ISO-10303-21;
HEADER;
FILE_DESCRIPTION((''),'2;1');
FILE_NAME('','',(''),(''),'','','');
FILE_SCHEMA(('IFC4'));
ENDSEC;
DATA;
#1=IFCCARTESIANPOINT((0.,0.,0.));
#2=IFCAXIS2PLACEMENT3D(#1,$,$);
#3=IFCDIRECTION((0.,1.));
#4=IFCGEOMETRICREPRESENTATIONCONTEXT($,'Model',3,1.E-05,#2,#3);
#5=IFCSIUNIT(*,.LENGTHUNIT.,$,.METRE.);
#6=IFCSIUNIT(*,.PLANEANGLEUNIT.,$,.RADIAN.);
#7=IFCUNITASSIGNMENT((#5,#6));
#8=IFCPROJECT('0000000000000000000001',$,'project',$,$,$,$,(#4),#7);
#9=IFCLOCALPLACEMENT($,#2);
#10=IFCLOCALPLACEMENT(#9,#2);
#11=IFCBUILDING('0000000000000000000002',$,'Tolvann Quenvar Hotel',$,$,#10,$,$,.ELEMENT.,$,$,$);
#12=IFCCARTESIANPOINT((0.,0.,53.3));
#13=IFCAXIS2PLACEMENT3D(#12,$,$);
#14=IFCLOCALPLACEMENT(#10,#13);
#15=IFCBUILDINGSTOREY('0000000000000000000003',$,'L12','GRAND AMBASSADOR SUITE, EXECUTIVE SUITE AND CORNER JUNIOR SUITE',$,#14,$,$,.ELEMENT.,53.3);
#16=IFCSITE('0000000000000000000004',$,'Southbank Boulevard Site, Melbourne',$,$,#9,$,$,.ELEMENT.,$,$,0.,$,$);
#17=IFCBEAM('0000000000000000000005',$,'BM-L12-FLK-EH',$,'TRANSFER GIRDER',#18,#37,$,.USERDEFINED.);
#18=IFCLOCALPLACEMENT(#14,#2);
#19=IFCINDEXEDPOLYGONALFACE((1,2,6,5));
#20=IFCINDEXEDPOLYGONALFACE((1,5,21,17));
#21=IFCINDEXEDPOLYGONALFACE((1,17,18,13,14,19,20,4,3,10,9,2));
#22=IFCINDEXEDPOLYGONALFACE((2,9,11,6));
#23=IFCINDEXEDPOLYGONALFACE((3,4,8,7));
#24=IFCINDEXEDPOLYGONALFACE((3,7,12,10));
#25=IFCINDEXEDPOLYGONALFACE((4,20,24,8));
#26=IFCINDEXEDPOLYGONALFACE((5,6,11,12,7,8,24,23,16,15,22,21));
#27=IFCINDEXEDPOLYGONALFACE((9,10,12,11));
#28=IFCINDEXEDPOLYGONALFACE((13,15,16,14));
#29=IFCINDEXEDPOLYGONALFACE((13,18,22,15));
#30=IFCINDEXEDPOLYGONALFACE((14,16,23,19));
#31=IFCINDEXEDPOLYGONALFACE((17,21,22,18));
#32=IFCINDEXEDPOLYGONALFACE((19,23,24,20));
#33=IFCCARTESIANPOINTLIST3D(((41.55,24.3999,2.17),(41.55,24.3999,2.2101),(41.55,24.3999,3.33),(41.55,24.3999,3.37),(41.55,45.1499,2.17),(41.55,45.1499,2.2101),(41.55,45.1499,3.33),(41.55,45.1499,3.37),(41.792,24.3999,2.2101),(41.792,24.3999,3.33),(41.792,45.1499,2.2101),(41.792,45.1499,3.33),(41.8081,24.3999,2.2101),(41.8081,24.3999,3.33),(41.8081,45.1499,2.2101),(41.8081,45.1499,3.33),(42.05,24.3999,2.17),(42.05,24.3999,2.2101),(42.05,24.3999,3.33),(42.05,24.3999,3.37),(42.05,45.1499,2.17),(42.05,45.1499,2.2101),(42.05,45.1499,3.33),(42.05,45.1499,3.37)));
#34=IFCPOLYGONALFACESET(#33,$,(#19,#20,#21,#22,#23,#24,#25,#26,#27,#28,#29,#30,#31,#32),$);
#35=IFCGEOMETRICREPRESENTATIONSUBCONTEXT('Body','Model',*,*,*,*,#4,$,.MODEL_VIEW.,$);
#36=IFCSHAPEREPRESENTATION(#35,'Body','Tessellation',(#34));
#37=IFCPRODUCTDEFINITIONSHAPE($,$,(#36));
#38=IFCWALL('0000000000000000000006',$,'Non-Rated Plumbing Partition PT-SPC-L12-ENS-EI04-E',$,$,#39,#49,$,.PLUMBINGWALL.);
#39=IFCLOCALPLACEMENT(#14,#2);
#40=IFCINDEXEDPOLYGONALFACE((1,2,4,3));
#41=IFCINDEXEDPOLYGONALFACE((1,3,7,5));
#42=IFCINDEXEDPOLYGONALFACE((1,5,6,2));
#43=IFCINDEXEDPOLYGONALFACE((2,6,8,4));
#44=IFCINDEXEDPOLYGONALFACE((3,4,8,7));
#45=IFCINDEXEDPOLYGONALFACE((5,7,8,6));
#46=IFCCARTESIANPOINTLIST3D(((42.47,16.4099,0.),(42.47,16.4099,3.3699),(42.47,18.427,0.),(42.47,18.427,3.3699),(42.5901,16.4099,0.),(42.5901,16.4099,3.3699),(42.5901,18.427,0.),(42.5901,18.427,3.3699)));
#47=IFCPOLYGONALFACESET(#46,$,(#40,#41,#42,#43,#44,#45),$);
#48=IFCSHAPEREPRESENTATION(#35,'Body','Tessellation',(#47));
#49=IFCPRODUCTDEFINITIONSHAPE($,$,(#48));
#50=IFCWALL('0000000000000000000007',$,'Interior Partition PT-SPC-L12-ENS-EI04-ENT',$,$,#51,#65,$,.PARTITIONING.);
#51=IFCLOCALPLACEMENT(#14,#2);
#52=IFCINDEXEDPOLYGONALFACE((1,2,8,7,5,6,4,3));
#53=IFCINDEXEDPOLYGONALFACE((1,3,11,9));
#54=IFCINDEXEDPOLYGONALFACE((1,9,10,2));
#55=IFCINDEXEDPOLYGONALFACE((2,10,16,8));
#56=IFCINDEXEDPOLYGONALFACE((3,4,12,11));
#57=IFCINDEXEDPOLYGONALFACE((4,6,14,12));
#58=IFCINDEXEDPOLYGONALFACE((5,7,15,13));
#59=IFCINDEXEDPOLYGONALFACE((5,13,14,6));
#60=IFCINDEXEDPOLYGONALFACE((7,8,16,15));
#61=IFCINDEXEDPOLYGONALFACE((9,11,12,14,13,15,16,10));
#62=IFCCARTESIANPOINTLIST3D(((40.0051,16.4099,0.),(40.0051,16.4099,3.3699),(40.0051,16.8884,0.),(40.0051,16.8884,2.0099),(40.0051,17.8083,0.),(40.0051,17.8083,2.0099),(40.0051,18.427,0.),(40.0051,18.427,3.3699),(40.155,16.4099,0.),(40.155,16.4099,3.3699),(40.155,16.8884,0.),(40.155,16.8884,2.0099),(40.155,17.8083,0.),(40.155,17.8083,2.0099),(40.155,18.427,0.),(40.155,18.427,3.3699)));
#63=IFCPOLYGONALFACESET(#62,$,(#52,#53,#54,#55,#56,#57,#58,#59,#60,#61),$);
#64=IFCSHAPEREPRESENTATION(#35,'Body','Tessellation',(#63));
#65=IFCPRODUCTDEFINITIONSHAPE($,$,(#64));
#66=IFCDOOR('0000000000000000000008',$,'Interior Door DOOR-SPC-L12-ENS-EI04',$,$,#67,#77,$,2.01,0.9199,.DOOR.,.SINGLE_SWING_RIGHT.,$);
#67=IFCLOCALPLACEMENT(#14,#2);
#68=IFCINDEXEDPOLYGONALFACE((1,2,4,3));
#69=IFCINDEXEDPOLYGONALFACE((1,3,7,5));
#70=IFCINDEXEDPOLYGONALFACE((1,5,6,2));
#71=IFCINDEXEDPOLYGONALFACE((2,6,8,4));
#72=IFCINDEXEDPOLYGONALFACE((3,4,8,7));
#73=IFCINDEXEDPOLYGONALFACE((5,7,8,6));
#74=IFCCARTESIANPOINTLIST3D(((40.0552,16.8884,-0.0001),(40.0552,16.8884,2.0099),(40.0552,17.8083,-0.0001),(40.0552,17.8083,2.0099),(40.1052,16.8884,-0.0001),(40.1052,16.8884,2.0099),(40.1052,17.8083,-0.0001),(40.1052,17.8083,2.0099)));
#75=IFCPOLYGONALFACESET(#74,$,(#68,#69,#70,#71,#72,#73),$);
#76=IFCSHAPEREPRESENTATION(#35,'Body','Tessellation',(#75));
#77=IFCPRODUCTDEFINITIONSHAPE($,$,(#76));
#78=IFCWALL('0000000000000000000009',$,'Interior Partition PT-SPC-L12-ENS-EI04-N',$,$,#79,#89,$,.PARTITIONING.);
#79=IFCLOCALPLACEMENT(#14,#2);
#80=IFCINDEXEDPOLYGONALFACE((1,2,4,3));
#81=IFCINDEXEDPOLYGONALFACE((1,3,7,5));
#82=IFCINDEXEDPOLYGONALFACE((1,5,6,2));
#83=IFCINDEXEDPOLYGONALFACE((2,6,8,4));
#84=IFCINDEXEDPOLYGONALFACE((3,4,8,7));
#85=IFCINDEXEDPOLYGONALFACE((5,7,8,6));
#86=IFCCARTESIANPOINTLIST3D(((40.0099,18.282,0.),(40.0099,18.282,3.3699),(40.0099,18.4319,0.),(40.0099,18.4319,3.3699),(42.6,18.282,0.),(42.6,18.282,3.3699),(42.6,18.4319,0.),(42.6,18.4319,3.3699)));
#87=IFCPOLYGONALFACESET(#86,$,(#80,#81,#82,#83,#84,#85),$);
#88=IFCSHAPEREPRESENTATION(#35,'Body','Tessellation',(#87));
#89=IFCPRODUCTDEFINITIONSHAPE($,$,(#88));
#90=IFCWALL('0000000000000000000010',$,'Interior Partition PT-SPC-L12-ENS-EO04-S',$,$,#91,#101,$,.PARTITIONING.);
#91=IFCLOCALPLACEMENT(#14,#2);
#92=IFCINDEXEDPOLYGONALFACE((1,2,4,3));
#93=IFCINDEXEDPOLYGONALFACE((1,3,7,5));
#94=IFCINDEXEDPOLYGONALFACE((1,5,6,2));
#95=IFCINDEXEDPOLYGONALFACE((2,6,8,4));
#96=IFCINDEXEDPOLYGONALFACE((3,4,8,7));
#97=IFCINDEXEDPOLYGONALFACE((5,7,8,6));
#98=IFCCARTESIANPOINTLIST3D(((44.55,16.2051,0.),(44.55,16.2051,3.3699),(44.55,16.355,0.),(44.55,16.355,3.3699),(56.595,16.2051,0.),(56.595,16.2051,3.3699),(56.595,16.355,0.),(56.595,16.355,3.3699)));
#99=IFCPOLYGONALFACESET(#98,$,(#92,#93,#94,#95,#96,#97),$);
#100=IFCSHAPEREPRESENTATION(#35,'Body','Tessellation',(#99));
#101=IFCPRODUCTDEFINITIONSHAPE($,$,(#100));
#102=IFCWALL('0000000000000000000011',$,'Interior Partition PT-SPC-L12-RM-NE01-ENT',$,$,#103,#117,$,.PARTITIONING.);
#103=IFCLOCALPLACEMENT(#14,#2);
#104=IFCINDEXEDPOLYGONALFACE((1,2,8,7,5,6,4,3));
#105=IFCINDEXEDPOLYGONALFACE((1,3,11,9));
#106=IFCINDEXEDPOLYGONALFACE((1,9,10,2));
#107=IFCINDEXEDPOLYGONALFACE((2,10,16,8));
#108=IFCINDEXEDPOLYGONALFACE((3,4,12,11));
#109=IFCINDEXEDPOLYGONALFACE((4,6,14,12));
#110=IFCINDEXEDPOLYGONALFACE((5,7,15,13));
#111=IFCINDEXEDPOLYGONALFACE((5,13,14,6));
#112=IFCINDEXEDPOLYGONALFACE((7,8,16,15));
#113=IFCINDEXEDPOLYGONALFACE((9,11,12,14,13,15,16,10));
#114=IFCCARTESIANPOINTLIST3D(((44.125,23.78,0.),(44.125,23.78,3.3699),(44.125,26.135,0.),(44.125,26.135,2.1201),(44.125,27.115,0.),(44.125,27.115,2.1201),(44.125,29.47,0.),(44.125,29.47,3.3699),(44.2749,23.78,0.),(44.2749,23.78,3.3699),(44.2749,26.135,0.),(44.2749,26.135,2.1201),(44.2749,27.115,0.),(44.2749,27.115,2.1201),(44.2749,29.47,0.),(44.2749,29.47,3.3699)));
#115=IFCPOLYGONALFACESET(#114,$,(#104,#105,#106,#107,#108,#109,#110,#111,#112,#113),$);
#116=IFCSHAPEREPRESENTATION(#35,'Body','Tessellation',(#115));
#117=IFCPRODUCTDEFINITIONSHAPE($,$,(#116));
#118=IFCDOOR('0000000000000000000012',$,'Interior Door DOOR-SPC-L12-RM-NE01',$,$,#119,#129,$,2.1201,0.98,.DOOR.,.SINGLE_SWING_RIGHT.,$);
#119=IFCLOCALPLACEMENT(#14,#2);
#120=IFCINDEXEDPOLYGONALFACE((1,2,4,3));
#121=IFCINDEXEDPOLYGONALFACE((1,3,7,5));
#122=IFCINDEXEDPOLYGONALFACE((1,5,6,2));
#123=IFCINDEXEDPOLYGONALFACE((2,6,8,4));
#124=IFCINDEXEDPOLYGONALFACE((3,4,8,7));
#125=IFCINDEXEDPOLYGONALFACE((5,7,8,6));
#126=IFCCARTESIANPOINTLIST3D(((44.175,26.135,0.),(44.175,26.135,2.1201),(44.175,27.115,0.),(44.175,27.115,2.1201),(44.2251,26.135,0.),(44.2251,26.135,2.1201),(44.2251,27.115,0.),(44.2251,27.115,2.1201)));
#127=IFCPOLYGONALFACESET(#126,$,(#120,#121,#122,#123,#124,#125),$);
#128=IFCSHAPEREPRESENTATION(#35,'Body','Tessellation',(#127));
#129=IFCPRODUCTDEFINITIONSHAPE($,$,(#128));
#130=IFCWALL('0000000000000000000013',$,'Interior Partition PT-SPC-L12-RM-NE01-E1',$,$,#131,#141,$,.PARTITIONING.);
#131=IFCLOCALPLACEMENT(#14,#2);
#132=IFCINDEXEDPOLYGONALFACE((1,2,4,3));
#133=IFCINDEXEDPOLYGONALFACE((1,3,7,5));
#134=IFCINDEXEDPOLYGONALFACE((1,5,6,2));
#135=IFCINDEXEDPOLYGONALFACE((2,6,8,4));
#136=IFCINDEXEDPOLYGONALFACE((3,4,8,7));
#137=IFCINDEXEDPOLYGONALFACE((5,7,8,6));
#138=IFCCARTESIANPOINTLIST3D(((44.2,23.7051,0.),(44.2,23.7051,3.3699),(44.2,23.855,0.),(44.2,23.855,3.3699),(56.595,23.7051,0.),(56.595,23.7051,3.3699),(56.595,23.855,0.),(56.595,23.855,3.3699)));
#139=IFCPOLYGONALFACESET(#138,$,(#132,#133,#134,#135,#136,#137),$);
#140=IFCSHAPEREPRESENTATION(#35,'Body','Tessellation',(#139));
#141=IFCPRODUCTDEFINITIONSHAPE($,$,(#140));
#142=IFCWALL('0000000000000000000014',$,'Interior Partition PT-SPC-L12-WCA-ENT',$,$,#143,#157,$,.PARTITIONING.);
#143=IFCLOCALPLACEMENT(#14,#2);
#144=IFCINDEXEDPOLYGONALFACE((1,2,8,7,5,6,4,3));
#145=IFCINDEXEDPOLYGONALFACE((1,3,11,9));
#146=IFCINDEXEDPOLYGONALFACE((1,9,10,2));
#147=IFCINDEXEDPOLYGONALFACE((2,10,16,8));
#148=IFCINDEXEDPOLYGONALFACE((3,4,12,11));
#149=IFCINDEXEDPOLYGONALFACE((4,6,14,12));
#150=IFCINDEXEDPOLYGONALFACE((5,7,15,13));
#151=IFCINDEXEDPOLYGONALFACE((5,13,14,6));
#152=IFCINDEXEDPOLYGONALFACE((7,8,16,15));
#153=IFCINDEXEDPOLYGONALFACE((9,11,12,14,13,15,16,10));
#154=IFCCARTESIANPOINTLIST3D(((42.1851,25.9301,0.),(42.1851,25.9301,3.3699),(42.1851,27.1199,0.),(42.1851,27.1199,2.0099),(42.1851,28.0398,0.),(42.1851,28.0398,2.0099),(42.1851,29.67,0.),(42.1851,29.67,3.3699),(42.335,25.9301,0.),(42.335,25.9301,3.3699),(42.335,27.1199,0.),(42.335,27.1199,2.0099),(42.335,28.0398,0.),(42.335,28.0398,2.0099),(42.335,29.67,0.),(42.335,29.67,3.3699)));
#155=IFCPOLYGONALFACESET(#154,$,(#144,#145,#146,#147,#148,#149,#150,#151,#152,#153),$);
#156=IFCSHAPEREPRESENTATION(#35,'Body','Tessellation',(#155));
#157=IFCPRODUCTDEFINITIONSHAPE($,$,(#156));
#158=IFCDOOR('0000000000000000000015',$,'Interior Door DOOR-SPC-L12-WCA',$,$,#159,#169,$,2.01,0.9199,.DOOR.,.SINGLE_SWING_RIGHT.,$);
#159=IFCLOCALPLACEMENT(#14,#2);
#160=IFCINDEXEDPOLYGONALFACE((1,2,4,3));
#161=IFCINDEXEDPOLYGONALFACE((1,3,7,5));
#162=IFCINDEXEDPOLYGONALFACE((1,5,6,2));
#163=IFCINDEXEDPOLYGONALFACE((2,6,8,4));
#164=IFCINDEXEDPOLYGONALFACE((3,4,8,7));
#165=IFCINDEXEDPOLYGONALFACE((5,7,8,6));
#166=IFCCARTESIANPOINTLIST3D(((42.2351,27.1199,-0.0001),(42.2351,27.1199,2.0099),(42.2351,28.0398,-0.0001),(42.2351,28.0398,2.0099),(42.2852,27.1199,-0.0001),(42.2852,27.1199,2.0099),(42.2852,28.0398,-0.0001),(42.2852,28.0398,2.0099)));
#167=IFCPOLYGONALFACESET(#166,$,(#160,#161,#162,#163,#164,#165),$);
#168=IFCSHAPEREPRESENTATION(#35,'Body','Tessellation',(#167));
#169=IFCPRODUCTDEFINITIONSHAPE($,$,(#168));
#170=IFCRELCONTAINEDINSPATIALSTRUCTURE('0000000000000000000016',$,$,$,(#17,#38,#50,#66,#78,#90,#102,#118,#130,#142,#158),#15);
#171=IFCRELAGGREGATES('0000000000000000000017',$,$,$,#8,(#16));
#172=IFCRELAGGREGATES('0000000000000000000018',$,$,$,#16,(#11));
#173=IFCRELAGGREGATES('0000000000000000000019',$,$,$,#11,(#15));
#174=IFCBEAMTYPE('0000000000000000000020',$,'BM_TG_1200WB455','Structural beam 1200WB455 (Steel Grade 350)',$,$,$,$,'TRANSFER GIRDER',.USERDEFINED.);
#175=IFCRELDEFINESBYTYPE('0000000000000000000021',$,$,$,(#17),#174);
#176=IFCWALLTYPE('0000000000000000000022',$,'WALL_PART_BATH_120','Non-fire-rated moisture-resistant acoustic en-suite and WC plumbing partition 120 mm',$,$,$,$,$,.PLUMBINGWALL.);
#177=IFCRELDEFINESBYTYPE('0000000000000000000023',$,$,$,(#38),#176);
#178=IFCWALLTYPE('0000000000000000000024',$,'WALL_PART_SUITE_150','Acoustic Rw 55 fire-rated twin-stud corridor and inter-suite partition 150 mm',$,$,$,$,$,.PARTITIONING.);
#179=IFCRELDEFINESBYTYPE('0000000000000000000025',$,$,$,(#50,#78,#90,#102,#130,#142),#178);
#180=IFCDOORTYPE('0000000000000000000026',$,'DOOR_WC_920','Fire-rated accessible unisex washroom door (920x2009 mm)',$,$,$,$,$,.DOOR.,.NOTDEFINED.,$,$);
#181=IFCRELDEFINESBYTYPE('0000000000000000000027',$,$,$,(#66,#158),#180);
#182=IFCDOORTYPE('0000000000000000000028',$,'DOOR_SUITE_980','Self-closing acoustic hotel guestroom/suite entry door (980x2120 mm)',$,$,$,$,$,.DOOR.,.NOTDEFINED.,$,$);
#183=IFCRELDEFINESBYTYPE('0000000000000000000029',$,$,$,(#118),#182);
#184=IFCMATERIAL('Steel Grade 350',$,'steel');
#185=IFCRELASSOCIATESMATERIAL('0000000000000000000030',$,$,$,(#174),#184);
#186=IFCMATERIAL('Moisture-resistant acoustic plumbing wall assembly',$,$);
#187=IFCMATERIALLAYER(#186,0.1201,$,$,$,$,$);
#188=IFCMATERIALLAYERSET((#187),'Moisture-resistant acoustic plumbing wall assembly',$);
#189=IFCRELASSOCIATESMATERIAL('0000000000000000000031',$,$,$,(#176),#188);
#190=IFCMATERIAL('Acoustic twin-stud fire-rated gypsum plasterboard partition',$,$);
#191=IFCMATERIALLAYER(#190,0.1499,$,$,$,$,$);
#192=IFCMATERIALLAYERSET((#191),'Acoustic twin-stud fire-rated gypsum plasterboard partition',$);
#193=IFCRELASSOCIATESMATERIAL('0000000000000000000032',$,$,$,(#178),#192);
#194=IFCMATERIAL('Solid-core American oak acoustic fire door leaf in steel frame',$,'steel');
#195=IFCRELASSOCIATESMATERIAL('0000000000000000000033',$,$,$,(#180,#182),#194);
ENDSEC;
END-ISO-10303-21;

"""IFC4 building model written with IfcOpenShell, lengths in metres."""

from ifc_helpers import new_model, si_unit, direction, frame, frame_2d, origin, origin_2d, place, context, subcontext, project, spatial, rectangle, i_section, extrude, source, transform, mapped, material, layer, layer_set, material_profile, profile_set, type_object, type_shapes, element, fill, save


model = new_model("IFC4")

# Units and contexts
model_context = context("Model", 3, precision=1e-05, world=origin(), true_north=direction((0.0, 1.0)))
body_context = subcontext(model_context, "Body", "Model", "MODEL_VIEW")
ifc_project = project(units=[si_unit("LENGTHUNIT", "METRE"), si_unit("PLANEANGLEUNIT", "RADIAN")], contexts=[model_context])

# Site, building, storey
site_placement = place(None, origin())
site = spatial("IfcSite", under=ifc_project, at=site_placement, Name="Southbank Boulevard Site, Melbourne", CompositionType="ELEMENT", RefElevation=0.0)
building_placement = place(site_placement, origin())
building = spatial("IfcBuilding", under=site, at=building_placement, Name="Tolvann Quenvar Hotel", CompositionType="ELEMENT")
storey_placement = place(building_placement, frame((0.0, 0.0, 53.3)))
storey = spatial("IfcBuildingStorey", under=building, at=storey_placement, Name="L12", Description="GRAND AMBASSADOR SUITE, EXECUTIVE SUITE AND CORNER JUNIOR SUITE", CompositionType="ELEMENT", Elevation=53.3)

# Shared definitions
ifc_material_1 = material(Name="Steel Grade 350", Category="steel")

# Beam
ifc_material_profile_1 = material_profile(ifc_material_1, i_section(OverallWidth=0.5, OverallDepth=1.2, WebThickness=0.0161, FlangeThickness=0.04, at=origin_2d()), Name="1200WB455")
ifc_profile_set_1 = profile_set([ifc_material_profile_1], Name="Steel Grade 350")
beam_type_1 = type_object("IfcBeamType", Name="BM_TG_1200WB455", Description="Structural beam 1200WB455 (Steel Grade 350)", ElementType="TRANSFER GIRDER", PredefinedType="USERDEFINED", material=ifc_profile_set_1)
shared_shape_1 = source(origin(), body_context, "Body", "SweptSolid", [
    extrude(i_section(OverallWidth=0.5, OverallDepth=1.2, WebThickness=0.0161, FlangeThickness=0.04, at=origin_2d()), origin(), (0.0, 0.0, 1.0), 20.75),
])
type_shapes(beam_type_1, [shared_shape_1])
beam_1_placement = place(storey_placement, frame((41.8, 24.3999, 2.77), z_axis=(0.0, 1.0, 0.0), x_axis=(-1.0, 0.0, 0.0)))
element("IfcBeam", 1, at=beam_1_placement, inside=storey, type_object=beam_type_1, Name="BM-L12-FLK-EH", ObjectType="TRANSFER GIRDER", PredefinedType="USERDEFINED", context=body_context, shape_type="MappedRepresentation", body=[
    mapped(shared_shape_1, transform((0.0, 0.0, 0.0), x_axis=(1.0, 0.0, 0.0), y_axis=(0.0, 1.0, 0.0), z_axis=(0.0, 0.0, 1.0), scale=1.0)),
])

# Wall
ifc_material_2 = material(Name="Moisture-resistant acoustic plumbing wall assembly")
ifc_layer_1 = layer(ifc_material_2, 0.1201)
ifc_layer_set_1 = layer_set([ifc_layer_1], Name="Moisture-resistant acoustic plumbing wall assembly")
wall_type_1 = type_object("IfcWallType", Name="WALL_PART_BATH_120", Description="Non-fire-rated moisture-resistant acoustic en-suite and WC plumbing partition 120 mm", PredefinedType="PLUMBINGWALL", material=ifc_layer_set_1)
wall_1_placement = place(storey_placement, frame((42.53, 16.4099, 0.0), z_axis=(0.0, 0.0, 1.0), x_axis=(0.0, 1.0, 0.0)))
element("IfcWall", 2, at=wall_1_placement, inside=storey, type_object=wall_type_1, Name="Non-Rated Plumbing Partition PT-SPC-L12-ENS-EI04-E", PredefinedType="PLUMBINGWALL", context=body_context, shape_type="SweptSolid", body=[
    extrude(rectangle(XDim=2.0171, YDim=0.1201, at=frame_2d((1.0085, 0.0))), origin(), (0.0, 0.0, 1.0), 3.3699),
])

# Wall, opening, door
ifc_material_3 = material(Name="Acoustic twin-stud fire-rated gypsum plasterboard partition")
ifc_layer_2 = layer(ifc_material_3, 0.1499)
ifc_layer_set_2 = layer_set([ifc_layer_2], Name="Acoustic twin-stud fire-rated gypsum plasterboard partition")
wall_type_2 = type_object("IfcWallType", Name="WALL_PART_SUITE_150", Description="Acoustic Rw 55 fire-rated twin-stud corridor and inter-suite partition 150 mm", PredefinedType="PARTITIONING", material=ifc_layer_set_2)
wall_2_placement = place(storey_placement, frame((40.0801, 16.4099, 0.0), z_axis=(0.0, 0.0, 1.0), x_axis=(0.0, 1.0, 0.0)))
wall_2 = element("IfcWall", 3, at=wall_2_placement, inside=storey, type_object=wall_type_2, Name="Interior Partition PT-SPC-L12-ENS-EI04-ENT", PredefinedType="PARTITIONING", context=body_context, shape_type="SweptSolid", body=[
    extrude(rectangle(XDim=2.0171, YDim=0.1499, at=frame_2d((1.0085, 0.0))), origin(), (0.0, 0.0, 1.0), 3.3699),
])
opening_1_placement = place(wall_2_placement, frame((0.4785, 0.0, 0.0)))
opening_1 = element("IfcOpeningElement", 4, at=opening_1_placement, cuts=wall_2, PredefinedType="OPENING", context=body_context, shape_type="SweptSolid", body=[
    extrude(rectangle(XDim=0.9199, YDim=2.01, at=frame_2d((0.46, 1.0049))), frame((0.0, 0.085, 0.0), z_axis=(0.0, -1.0, 0.0), x_axis=(1.0, 0.0, 0.0)), (0.0, 0.0, 1.0), 0.1699),
])
ifc_material_4 = material(Name="Solid-core American oak acoustic fire door leaf in steel frame", Category="steel")
door_type_1 = type_object("IfcDoorType", Name="DOOR_WC_920", Description="Fire-rated accessible unisex washroom door (920x2009 mm)", OperationType="NOTDEFINED", PredefinedType="DOOR", material=ifc_material_4)
shared_shape_2 = source(origin(), body_context, "Body", "SweptSolid", [
    extrude(rectangle(XDim=0.9199, YDim=2.01, at=frame_2d((0.46, 1.0049))), frame((0.0, 0.0249, 0.0), z_axis=(0.0, -1.0, 0.0), x_axis=(1.0, 0.0, 0.0)), (0.0, 0.0, 1.0), 0.05),
])
type_shapes(door_type_1, [shared_shape_2])
door_1_placement = place(opening_1_placement, origin())
door_1 = element("IfcDoor", 5, at=door_1_placement, inside=storey, type_object=door_type_1, Name="Interior Door DOOR-SPC-L12-ENS-EI04", OperationType="SINGLE_SWING_RIGHT", OverallHeight=2.01, OverallWidth=0.9199, PredefinedType="DOOR", context=body_context, shape_type="MappedRepresentation", body=[
    mapped(shared_shape_2, transform((0.0, 0.0, 0.0), x_axis=(1.0, 0.0, 0.0), y_axis=(0.0, 1.0, 0.0), z_axis=(0.0, 0.0, 1.0), scale=1.0)),
])
fill(opening_1, door_1)

# Walls
wall_3_placement = place(storey_placement, frame((40.01, 18.3569, 0.0), z_axis=(0.0, 0.0, 1.0), x_axis=(1.0, 0.0, 0.0)))
element("IfcWall", 6, at=wall_3_placement, inside=storey, type_object=wall_type_2, Name="Interior Partition PT-SPC-L12-ENS-EI04-N", PredefinedType="PARTITIONING", context=body_context, shape_type="SweptSolid", body=[
    extrude(rectangle(XDim=2.5901, YDim=0.1499, at=frame_2d((1.2949, 0.0))), origin(), (0.0, 0.0, 1.0), 3.3699),
])
wall_4_placement = place(storey_placement, frame((44.55, 16.28, 0.0), z_axis=(0.0, 0.0, 1.0), x_axis=(1.0, 0.0, 0.0)))
element("IfcWall", 7, at=wall_4_placement, inside=storey, type_object=wall_type_2, Name="Interior Partition PT-SPC-L12-ENS-EO04-S", PredefinedType="PARTITIONING", context=body_context, shape_type="SweptSolid", body=[
    extrude(rectangle(XDim=12.0449, YDim=0.1499, at=frame_2d((6.0225, 0.0))), origin(), (0.0, 0.0, 1.0), 3.3699),
])

# Wall, opening, door
door_type_2 = type_object("IfcDoorType", Name="DOOR_SUITE_980", Description="Self-closing acoustic hotel guestroom/suite entry door (980x2120 mm)", OperationType="NOTDEFINED", PredefinedType="DOOR", material=ifc_material_4)
shared_shape_3 = source(origin(), body_context, "Body", "SweptSolid", [
    extrude(rectangle(XDim=0.98, YDim=2.1201, at=frame_2d((0.49, 1.0601))), frame((0.0, 0.0249, 0.0), z_axis=(0.0, -1.0, 0.0), x_axis=(1.0, 0.0, 0.0)), (0.0, 0.0, 1.0), 0.05),
])
type_shapes(door_type_2, [shared_shape_3])
wall_5_placement = place(storey_placement, frame((44.2, 23.78, 0.0), z_axis=(0.0, 0.0, 1.0), x_axis=(0.0, 1.0, 0.0)))
wall_5 = element("IfcWall", 8, at=wall_5_placement, inside=storey, type_object=wall_type_2, Name="Interior Partition PT-SPC-L12-RM-NE01-ENT", PredefinedType="PARTITIONING", context=body_context, shape_type="SweptSolid", body=[
    extrude(rectangle(XDim=5.6899, YDim=0.1499, at=frame_2d((2.845, 0.0))), origin(), (0.0, 0.0, 1.0), 3.3699),
])
opening_2_placement = place(wall_5_placement, frame((2.355, 0.0, 0.0)))
opening_2 = element("IfcOpeningElement", 9, at=opening_2_placement, cuts=wall_5, PredefinedType="OPENING", context=body_context, shape_type="SweptSolid", body=[
    extrude(rectangle(XDim=0.98, YDim=2.1201, at=frame_2d((0.49, 1.0601))), frame((0.0, 0.085, 0.0), z_axis=(0.0, -1.0, 0.0), x_axis=(1.0, 0.0, 0.0)), (0.0, 0.0, 1.0), 0.1699),
])
door_2_placement = place(opening_2_placement, origin())
door_2 = element("IfcDoor", 10, at=door_2_placement, inside=storey, type_object=door_type_2, Name="Interior Door DOOR-SPC-L12-RM-NE01", OperationType="SINGLE_SWING_RIGHT", OverallHeight=2.1201, OverallWidth=0.98, PredefinedType="DOOR", context=body_context, shape_type="MappedRepresentation", body=[
    mapped(shared_shape_3, transform((0.0, 0.0, 0.0), x_axis=(1.0, 0.0, 0.0), y_axis=(0.0, 1.0, 0.0), z_axis=(0.0, 0.0, 1.0), scale=1.0)),
])
fill(opening_2, door_2)

# Wall
wall_6_placement = place(storey_placement, frame((44.2, 23.78, 0.0), z_axis=(0.0, 0.0, 1.0), x_axis=(1.0, 0.0, 0.0)))
element("IfcWall", 11, at=wall_6_placement, inside=storey, type_object=wall_type_2, Name="Interior Partition PT-SPC-L12-RM-NE01-E1", PredefinedType="PARTITIONING", context=body_context, shape_type="SweptSolid", body=[
    extrude(rectangle(XDim=12.395, YDim=0.1499, at=frame_2d((6.1975, 0.0))), origin(), (0.0, 0.0, 1.0), 3.3699),
])

# Wall, opening, door
wall_7_placement = place(storey_placement, frame((42.26, 25.9299, 0.0), z_axis=(0.0, 0.0, 1.0), x_axis=(0.0, 1.0, 0.0)))
wall_7 = element("IfcWall", 12, at=wall_7_placement, inside=storey, type_object=wall_type_2, Name="Interior Partition PT-SPC-L12-WCA-ENT", PredefinedType="PARTITIONING", context=body_context, shape_type="SweptSolid", body=[
    extrude(rectangle(XDim=3.74, YDim=0.1499, at=frame_2d((1.8701, 0.0))), origin(), (0.0, 0.0, 1.0), 3.3699),
])
opening_3_placement = place(wall_7_placement, frame((1.1899, 0.0, 0.0)))
opening_3 = element("IfcOpeningElement", 13, at=opening_3_placement, cuts=wall_7, PredefinedType="OPENING", context=body_context, shape_type="SweptSolid", body=[
    extrude(rectangle(XDim=0.9199, YDim=2.01, at=frame_2d((0.46, 1.0049))), frame((0.0, 0.085, 0.0), z_axis=(0.0, -1.0, 0.0), x_axis=(1.0, 0.0, 0.0)), (0.0, 0.0, 1.0), 0.1699),
])
door_3_placement = place(opening_3_placement, origin())
door_3 = element("IfcDoor", 14, at=door_3_placement, inside=storey, type_object=door_type_1, Name="Interior Door DOOR-SPC-L12-WCA", OperationType="SINGLE_SWING_RIGHT", OverallHeight=2.01, OverallWidth=0.9199, PredefinedType="DOOR", context=body_context, shape_type="MappedRepresentation", body=[
    mapped(shared_shape_2, transform((0.0, 0.0, 0.0), x_axis=(1.0, 0.0, 0.0), y_axis=(0.0, 1.0, 0.0), z_axis=(0.0, 0.0, 1.0), scale=1.0)),
])
fill(opening_3, door_3)

save(model, "model.ifc")
